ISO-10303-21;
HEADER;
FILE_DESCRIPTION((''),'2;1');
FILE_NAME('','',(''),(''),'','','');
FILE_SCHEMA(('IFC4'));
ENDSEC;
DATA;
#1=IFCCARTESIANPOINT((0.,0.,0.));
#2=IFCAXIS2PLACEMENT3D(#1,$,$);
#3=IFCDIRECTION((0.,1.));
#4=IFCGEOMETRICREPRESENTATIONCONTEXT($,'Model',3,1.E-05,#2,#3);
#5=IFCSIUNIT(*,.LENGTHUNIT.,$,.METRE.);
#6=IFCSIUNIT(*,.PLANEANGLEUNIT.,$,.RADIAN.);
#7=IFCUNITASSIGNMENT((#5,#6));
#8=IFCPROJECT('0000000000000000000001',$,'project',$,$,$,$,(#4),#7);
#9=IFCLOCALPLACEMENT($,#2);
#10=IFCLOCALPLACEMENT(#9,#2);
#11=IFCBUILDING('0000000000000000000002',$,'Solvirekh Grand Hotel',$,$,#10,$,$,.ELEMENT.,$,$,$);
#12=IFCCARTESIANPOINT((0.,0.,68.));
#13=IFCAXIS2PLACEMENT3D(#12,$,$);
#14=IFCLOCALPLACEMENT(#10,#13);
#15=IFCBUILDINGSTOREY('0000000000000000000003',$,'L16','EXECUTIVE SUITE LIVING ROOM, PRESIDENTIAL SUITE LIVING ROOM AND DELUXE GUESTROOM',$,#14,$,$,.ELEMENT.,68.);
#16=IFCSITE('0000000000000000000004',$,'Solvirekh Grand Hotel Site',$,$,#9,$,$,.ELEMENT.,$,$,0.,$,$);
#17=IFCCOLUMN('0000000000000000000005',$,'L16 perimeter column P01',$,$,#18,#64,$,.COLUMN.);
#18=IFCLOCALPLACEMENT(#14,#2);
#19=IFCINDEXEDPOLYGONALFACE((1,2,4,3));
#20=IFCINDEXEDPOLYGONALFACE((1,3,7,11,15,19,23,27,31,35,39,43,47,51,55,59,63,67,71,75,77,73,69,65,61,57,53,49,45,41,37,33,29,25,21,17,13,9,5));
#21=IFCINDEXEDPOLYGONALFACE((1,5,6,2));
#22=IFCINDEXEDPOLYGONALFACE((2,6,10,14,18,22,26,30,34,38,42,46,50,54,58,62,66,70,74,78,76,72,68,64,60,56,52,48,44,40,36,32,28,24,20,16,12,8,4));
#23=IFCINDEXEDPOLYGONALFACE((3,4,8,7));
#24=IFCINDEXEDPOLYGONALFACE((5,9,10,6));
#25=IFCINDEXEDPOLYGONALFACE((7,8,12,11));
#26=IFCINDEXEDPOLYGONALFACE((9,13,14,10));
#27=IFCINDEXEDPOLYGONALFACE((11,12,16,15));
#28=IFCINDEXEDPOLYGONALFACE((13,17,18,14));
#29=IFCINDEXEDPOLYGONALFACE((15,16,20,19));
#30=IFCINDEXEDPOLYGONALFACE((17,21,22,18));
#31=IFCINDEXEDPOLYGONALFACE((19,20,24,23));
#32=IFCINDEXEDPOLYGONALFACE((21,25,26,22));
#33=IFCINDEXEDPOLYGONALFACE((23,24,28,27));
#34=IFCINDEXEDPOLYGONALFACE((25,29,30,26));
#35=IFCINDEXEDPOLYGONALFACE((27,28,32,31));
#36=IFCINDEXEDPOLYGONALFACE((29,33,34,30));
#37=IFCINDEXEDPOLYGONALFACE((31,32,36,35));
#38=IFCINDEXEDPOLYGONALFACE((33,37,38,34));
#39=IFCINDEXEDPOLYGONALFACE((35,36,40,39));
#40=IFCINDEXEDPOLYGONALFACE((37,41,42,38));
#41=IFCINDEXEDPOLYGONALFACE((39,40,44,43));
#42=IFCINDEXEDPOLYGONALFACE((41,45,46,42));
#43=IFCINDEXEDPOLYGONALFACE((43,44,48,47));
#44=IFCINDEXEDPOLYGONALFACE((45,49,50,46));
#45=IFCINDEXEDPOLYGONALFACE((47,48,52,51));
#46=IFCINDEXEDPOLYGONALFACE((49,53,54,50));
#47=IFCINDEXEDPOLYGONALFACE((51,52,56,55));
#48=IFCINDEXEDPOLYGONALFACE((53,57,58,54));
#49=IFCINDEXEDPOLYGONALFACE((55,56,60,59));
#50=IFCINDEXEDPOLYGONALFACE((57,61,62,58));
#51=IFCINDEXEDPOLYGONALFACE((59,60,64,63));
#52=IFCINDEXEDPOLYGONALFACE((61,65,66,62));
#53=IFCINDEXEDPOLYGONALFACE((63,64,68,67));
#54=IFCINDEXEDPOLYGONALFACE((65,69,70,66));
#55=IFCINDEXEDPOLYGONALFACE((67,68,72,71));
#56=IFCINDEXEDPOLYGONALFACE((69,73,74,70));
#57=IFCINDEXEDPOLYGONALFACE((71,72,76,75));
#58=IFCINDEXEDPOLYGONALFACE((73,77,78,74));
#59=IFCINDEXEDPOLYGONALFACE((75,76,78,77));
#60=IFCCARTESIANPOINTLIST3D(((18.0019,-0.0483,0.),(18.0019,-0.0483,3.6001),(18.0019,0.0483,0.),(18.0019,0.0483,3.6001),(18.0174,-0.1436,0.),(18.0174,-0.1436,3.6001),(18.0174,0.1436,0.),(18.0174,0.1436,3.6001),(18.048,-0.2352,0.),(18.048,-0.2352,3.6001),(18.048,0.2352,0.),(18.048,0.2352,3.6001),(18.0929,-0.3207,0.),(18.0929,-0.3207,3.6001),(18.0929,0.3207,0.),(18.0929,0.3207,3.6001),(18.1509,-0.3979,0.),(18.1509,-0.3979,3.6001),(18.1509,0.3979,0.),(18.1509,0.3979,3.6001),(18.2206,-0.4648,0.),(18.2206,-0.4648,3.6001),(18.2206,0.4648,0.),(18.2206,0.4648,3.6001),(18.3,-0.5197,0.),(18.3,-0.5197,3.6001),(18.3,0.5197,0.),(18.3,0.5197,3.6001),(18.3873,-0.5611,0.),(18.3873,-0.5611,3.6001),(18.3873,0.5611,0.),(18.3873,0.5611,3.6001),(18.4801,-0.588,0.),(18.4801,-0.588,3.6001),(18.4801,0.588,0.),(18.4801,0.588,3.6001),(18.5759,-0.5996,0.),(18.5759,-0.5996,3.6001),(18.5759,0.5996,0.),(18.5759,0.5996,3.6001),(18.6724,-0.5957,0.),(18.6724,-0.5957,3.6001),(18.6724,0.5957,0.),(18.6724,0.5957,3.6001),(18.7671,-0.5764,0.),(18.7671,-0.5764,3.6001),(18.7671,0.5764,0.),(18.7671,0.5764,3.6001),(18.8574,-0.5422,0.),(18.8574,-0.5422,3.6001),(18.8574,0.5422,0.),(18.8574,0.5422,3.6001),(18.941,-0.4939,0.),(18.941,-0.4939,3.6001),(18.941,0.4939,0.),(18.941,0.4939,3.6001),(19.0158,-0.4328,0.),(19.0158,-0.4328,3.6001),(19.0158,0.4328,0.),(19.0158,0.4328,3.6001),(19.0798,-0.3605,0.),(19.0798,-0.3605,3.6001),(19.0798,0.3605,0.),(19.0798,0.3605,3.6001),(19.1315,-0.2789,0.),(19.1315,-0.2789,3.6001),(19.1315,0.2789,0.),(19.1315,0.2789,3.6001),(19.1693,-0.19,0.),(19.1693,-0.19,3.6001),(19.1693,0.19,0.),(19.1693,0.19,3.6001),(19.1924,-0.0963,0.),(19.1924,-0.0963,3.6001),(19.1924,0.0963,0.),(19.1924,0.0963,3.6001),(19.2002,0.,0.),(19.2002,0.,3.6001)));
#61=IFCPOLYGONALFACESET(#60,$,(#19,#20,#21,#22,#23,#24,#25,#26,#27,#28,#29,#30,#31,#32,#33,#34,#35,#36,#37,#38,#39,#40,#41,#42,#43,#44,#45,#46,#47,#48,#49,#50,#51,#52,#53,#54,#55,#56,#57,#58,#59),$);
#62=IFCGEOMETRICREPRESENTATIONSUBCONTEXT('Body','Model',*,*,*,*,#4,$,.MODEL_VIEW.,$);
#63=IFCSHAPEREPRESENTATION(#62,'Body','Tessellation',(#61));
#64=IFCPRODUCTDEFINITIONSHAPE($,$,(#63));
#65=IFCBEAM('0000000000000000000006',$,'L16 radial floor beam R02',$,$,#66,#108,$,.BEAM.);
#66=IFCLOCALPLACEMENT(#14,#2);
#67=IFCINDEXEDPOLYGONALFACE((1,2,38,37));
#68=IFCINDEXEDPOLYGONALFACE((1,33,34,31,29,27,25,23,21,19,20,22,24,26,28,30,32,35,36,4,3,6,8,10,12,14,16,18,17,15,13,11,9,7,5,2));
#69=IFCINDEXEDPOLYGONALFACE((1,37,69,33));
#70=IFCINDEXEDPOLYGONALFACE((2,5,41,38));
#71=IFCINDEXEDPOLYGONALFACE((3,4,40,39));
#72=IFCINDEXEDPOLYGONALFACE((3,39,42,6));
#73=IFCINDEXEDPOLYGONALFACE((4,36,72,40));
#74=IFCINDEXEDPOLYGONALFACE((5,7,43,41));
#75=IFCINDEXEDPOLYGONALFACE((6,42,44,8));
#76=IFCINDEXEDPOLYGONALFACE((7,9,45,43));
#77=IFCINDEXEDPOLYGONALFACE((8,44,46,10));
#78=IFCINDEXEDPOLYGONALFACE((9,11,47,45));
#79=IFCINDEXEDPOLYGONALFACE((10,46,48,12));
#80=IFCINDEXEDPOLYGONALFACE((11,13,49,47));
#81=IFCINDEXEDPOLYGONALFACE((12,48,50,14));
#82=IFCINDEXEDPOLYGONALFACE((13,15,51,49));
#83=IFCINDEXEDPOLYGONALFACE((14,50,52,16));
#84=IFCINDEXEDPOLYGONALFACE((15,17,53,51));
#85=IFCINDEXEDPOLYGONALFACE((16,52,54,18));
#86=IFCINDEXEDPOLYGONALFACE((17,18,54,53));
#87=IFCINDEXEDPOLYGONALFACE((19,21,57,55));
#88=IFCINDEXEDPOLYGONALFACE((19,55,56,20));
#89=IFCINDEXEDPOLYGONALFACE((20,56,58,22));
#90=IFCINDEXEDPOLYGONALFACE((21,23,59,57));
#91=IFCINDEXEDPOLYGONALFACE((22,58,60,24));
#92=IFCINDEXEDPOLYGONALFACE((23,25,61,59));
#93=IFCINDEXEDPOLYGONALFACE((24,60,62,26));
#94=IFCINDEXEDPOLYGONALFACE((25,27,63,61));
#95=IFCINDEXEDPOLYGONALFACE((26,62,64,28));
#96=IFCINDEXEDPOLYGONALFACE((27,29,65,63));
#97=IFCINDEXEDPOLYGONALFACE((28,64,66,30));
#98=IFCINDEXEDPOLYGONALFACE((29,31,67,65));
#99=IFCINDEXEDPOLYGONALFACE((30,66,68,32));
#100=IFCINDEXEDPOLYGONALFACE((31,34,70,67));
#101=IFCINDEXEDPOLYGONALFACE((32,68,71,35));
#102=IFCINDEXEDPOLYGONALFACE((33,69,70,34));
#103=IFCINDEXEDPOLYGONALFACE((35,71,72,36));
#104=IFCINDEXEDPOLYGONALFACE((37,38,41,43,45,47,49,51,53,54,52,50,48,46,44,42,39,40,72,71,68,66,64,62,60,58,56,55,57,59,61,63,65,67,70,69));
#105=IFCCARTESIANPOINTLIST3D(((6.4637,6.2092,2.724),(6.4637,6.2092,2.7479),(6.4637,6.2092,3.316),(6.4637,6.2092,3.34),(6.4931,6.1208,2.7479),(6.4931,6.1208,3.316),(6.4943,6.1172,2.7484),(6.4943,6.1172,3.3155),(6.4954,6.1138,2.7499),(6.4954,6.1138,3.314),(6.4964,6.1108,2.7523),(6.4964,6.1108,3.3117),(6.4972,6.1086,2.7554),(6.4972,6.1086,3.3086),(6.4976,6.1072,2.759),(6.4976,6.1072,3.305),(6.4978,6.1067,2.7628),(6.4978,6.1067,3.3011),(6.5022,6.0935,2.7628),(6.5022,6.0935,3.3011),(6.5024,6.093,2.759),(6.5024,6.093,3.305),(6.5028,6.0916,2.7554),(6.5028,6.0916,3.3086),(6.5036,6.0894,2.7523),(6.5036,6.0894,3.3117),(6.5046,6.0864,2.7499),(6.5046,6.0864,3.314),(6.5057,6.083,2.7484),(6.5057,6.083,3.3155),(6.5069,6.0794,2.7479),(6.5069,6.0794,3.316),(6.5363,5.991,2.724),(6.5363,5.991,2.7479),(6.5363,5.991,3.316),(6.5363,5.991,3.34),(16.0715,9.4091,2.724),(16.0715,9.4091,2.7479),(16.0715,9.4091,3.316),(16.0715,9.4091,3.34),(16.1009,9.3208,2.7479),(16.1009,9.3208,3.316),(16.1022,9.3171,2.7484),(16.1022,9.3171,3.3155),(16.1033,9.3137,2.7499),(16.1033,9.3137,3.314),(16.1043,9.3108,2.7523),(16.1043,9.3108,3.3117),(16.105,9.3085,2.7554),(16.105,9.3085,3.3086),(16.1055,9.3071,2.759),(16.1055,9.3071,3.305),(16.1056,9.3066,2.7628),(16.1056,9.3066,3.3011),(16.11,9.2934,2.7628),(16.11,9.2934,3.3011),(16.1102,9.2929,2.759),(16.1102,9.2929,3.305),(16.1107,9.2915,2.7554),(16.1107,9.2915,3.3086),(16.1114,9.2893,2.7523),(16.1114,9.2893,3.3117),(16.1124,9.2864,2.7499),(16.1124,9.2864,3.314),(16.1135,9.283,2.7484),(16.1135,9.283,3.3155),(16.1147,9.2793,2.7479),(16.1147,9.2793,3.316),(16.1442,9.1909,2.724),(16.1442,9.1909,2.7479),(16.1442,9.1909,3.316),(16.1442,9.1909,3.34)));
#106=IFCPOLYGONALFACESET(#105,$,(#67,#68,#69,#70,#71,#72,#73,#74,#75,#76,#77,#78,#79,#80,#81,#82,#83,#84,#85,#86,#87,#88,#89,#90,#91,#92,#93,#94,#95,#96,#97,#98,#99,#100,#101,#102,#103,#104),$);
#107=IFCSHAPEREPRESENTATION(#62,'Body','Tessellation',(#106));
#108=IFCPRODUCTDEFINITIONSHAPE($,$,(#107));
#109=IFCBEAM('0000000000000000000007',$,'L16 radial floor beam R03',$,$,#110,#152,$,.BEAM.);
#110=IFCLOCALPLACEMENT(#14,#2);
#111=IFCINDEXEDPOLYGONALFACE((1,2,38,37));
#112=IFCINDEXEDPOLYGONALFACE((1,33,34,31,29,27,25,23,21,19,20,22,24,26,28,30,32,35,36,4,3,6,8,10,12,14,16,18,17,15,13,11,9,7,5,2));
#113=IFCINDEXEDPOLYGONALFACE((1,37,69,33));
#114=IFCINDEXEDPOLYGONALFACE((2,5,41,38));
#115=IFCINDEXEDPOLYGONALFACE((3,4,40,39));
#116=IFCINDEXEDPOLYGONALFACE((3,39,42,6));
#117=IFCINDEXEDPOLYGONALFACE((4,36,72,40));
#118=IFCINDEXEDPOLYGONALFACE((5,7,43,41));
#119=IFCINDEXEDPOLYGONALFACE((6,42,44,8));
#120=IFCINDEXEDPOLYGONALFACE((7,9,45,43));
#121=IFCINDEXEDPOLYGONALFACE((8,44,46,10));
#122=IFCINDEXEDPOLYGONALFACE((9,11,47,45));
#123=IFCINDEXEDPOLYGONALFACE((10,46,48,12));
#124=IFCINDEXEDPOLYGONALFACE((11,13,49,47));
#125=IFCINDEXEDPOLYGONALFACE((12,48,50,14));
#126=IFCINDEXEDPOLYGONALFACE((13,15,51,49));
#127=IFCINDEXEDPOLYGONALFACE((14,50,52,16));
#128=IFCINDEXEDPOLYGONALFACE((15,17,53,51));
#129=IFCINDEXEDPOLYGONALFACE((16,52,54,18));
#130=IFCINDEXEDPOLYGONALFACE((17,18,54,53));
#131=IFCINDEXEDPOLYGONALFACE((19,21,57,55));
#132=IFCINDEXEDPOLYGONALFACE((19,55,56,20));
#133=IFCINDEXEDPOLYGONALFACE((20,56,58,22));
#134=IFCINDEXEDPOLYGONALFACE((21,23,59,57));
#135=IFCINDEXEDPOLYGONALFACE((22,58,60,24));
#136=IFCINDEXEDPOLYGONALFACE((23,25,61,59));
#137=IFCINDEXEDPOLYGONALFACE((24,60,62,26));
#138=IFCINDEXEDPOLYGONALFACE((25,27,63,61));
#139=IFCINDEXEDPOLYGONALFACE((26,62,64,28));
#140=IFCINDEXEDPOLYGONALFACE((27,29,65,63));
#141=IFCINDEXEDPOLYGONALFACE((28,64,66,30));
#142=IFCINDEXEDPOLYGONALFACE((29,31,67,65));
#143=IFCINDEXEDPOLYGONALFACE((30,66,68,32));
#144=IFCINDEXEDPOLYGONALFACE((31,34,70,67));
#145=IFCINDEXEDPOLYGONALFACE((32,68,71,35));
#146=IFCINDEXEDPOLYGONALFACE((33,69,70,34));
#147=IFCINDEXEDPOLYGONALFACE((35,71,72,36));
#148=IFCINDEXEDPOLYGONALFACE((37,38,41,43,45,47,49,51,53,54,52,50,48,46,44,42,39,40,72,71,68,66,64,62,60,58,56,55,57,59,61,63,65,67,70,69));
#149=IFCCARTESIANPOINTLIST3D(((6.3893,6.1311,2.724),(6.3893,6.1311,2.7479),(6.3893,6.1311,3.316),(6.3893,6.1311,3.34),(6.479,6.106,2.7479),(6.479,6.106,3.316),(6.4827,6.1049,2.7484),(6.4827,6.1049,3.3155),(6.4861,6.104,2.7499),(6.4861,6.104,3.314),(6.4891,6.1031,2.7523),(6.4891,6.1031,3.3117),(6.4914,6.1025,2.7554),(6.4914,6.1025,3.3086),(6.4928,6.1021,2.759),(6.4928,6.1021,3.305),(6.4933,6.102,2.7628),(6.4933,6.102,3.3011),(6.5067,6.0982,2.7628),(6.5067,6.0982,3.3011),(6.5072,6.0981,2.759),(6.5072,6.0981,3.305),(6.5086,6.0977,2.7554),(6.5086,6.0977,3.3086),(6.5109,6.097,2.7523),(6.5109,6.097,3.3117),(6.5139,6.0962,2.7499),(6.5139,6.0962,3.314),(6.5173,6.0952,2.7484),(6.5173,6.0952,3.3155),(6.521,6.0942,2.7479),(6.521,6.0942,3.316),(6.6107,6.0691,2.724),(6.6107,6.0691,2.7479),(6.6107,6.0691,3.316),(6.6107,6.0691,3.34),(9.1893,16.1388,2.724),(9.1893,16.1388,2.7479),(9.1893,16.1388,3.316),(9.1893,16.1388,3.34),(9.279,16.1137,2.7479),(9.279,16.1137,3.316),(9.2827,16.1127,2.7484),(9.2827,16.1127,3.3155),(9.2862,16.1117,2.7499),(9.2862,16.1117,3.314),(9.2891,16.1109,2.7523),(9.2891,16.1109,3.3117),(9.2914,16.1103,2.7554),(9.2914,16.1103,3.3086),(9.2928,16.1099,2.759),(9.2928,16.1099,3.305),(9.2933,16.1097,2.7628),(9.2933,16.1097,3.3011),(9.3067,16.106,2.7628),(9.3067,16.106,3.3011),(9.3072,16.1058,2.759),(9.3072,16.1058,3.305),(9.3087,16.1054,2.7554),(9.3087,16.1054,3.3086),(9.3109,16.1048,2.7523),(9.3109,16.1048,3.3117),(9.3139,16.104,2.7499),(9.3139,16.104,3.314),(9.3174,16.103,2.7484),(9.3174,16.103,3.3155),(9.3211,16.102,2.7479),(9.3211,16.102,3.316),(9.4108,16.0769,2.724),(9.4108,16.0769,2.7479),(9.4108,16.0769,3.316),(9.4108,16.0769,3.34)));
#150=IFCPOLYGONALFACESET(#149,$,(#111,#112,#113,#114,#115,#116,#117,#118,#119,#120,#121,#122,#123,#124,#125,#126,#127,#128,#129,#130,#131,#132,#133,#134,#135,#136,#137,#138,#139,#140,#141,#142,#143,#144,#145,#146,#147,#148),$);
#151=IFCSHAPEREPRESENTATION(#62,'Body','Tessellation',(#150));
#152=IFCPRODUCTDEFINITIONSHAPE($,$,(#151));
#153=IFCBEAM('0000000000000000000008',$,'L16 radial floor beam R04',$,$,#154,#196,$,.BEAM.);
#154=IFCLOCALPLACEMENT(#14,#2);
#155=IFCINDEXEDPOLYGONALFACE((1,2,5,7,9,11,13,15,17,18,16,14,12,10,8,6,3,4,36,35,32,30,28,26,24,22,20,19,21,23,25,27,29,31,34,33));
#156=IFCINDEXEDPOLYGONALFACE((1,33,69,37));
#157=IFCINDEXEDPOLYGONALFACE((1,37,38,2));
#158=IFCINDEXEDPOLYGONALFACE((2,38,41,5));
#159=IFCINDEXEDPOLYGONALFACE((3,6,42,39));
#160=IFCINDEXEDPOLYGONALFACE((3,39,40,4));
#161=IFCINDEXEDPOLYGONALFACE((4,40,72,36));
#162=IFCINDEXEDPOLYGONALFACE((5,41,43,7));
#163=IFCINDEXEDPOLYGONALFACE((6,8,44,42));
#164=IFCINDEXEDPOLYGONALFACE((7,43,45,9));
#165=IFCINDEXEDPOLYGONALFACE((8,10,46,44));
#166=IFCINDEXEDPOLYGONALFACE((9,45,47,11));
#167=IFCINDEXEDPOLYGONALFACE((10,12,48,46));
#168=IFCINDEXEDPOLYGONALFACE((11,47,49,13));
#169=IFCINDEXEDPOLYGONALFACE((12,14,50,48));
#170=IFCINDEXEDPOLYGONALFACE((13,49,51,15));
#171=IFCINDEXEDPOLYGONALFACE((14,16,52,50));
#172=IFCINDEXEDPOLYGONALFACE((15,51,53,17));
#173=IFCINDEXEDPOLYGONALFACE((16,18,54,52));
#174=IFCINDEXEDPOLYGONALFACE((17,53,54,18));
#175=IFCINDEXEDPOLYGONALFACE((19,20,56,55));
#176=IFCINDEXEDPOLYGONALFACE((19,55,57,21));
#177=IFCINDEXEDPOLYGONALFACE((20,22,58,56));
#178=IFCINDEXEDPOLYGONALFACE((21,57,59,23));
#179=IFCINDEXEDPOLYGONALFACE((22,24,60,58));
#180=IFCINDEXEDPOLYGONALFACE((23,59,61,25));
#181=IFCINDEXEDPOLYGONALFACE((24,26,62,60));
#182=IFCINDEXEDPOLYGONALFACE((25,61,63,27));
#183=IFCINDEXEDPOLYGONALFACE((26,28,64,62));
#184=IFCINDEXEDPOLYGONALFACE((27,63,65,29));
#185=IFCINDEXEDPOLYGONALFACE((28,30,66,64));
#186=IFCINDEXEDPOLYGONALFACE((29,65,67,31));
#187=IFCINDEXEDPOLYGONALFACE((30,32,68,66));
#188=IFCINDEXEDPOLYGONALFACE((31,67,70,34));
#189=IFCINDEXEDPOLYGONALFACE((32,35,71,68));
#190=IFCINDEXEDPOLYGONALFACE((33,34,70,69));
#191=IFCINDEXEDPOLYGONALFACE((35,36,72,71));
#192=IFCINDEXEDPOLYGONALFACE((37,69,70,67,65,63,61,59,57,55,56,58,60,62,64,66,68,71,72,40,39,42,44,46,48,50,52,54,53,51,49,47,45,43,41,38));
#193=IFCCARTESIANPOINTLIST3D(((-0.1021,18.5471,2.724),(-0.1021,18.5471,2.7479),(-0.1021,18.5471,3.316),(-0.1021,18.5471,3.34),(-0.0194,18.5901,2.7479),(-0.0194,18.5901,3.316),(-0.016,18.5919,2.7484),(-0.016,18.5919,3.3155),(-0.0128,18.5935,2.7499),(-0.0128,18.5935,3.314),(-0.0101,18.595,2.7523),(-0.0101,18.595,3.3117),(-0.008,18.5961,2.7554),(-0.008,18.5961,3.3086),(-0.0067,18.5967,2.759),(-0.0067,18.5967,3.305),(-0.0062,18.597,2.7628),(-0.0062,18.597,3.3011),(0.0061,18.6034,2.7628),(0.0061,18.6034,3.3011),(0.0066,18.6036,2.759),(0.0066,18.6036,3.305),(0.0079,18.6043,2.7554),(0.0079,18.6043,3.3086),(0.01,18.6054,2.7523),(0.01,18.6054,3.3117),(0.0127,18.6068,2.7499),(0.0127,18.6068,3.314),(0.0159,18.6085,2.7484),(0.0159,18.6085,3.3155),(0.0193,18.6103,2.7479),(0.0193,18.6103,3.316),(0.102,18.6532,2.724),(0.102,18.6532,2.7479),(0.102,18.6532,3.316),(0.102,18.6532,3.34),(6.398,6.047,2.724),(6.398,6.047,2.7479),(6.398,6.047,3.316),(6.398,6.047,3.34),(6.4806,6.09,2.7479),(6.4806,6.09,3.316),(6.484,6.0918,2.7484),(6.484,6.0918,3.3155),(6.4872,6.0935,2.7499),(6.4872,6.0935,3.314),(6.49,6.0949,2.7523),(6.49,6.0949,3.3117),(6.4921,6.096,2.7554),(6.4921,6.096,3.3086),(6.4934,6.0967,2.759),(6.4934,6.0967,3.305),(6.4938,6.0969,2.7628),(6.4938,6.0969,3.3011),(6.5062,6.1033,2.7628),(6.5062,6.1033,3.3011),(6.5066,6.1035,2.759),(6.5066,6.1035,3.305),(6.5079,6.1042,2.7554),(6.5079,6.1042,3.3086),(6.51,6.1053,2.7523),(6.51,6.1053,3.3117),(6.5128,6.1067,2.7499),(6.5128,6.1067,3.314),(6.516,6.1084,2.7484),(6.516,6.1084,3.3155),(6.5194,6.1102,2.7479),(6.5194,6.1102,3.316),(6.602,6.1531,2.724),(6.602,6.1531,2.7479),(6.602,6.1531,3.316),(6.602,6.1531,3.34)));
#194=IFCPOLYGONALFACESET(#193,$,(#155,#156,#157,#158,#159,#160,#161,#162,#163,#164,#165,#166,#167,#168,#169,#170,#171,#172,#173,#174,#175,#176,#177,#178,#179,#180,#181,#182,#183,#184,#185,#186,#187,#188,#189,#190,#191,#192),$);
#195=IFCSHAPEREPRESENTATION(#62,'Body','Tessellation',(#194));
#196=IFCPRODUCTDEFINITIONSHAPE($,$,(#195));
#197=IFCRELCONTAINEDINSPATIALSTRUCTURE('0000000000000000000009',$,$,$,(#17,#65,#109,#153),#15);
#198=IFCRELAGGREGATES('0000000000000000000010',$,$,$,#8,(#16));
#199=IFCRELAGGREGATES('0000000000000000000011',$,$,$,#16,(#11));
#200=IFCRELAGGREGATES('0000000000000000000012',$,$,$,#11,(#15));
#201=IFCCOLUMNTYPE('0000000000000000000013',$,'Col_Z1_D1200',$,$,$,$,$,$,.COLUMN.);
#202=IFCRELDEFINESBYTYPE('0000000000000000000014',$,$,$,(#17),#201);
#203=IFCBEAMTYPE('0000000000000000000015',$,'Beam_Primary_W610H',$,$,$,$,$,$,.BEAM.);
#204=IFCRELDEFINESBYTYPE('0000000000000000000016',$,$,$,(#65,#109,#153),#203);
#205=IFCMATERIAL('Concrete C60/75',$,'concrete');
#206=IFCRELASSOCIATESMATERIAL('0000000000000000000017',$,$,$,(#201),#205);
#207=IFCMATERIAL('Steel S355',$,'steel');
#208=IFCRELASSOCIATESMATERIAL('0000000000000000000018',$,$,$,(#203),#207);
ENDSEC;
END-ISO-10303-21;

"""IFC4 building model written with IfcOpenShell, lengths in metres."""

from ifc_helpers import new_model, si_unit, direction, frame, origin, origin_2d, place, context, subcontext, project, spatial, circle, i_section, extrude, material, material_profile, profile_set, type_object, element, save


model = new_model("IFC4")

# Units and contexts
model_context = context("Model", 3, precision=1e-05, world=origin(), true_north=direction((0.0, 1.0)))
body_context = subcontext(model_context, "Body", "Model", "MODEL_VIEW")
ifc_project = project(units=[si_unit("LENGTHUNIT", "METRE"), si_unit("PLANEANGLEUNIT", "RADIAN")], contexts=[model_context])

# Site, building, storey
site_placement = place(None, origin())
site = spatial("IfcSite", under=ifc_project, at=site_placement, Name="Solvirekh Grand Hotel Site", CompositionType="ELEMENT", RefElevation=0.0)
building_placement = place(site_placement, origin())
building = spatial("IfcBuilding", under=site, at=building_placement, Name="Solvirekh Grand Hotel", CompositionType="ELEMENT")
storey_placement = place(building_placement, frame((0.0, 0.0, 68.0)))
storey = spatial("IfcBuildingStorey", under=building, at=storey_placement, Name="L16", Description="EXECUTIVE SUITE LIVING ROOM, PRESIDENTIAL SUITE LIVING ROOM AND DELUXE GUESTROOM", CompositionType="ELEMENT", Elevation=68.0)

# Column
ifc_material_1 = material(Name="Concrete C60/75", Category="concrete")
ifc_material_profile_1 = material_profile(ifc_material_1, circle(Radius=0.6001, at=origin_2d()), Name="RC CIRC D1200")
ifc_profile_set_1 = profile_set([ifc_material_profile_1], Name="Concrete C60/75")
column_type = type_object("IfcColumnType", Name="Col_Z1_D1200", PredefinedType="COLUMN", material=ifc_profile_set_1)
column_placement = place(storey_placement, frame((18.6001, 0.0, 0.0), z_axis=(0.0, 0.0, 1.0), x_axis=(1.0, 0.0, 0.0)))
element("IfcColumn", 1, at=column_placement, inside=storey, type_object=column_type, Name="L16 perimeter column P01", PredefinedType="COLUMN", context=body_context, shape_type="SweptSolid", body=[
    extrude(circle(Radius=0.6001, at=origin_2d()), origin(), (0.0, 0.0, 1.0), 3.6001),
])

# Beams
ifc_material_2 = material(Name="Steel S355", Category="steel")
ifc_material_profile_2 = material_profile(ifc_material_2, i_section(OverallWidth=0.23, OverallDepth=0.616, WebThickness=0.0139, FlangeThickness=0.0239, FilletRadius=0.0149, at=origin_2d()), Name="W610X174")
ifc_profile_set_2 = profile_set([ifc_material_profile_2], Name="Steel S355")
beam_type_1 = type_object("IfcBeamType", Name="Beam_Primary_W610H", PredefinedType="BEAM", material=ifc_profile_set_2)
beam_1_placement = place(storey_placement, frame((6.5, 6.1001, 3.032), z_axis=(0.948763, 0.315989, 0.0), x_axis=(-0.315989, 0.948763, 0.0)))
element("IfcBeam", 2, at=beam_1_placement, inside=storey, type_object=beam_type_1, Name="L16 radial floor beam R02", PredefinedType="BEAM", context=body_context, shape_type="SweptSolid", body=[
    extrude(i_section(OverallWidth=0.23, OverallDepth=0.616, WebThickness=0.0139, FlangeThickness=0.0239, FilletRadius=0.0149, at=origin_2d()), origin(), (0.0, 0.0, 1.0), 10.1267),
])
beam_2_placement = place(storey_placement, frame((6.5, 6.1001, 3.032), z_axis=(0.269439, 0.963017, 0.0), x_axis=(-0.963017, 0.269439, 0.0)))
element("IfcBeam", 3, at=beam_2_placement, inside=storey, type_object=beam_type_1, Name="L16 radial floor beam R03", PredefinedType="BEAM", context=body_context, shape_type="SweptSolid", body=[
    extrude(i_section(OverallWidth=0.23, OverallDepth=0.616, WebThickness=0.0139, FlangeThickness=0.0239, FilletRadius=0.0149, at=origin_2d()), origin(), (0.0, 0.0, 1.0), 10.3921),
])
beam_3_placement = place(storey_placement, frame((6.5, 6.1001, 3.032), z_axis=(-0.461353, 0.887217, 0.0), x_axis=(-0.887217, -0.461353, 0.0)))
element("IfcBeam", 4, at=beam_3_placement, inside=storey, type_object=beam_type_1, Name="L16 radial floor beam R04", PredefinedType="BEAM", context=body_context, shape_type="SweptSolid", body=[
    extrude(i_section(OverallWidth=0.23, OverallDepth=0.616, WebThickness=0.0139, FlangeThickness=0.0239, FilletRadius=0.0149, at=origin_2d()), origin(), (0.0, 0.0, 1.0), 14.0891),
])

save(model, "model.ifc")
